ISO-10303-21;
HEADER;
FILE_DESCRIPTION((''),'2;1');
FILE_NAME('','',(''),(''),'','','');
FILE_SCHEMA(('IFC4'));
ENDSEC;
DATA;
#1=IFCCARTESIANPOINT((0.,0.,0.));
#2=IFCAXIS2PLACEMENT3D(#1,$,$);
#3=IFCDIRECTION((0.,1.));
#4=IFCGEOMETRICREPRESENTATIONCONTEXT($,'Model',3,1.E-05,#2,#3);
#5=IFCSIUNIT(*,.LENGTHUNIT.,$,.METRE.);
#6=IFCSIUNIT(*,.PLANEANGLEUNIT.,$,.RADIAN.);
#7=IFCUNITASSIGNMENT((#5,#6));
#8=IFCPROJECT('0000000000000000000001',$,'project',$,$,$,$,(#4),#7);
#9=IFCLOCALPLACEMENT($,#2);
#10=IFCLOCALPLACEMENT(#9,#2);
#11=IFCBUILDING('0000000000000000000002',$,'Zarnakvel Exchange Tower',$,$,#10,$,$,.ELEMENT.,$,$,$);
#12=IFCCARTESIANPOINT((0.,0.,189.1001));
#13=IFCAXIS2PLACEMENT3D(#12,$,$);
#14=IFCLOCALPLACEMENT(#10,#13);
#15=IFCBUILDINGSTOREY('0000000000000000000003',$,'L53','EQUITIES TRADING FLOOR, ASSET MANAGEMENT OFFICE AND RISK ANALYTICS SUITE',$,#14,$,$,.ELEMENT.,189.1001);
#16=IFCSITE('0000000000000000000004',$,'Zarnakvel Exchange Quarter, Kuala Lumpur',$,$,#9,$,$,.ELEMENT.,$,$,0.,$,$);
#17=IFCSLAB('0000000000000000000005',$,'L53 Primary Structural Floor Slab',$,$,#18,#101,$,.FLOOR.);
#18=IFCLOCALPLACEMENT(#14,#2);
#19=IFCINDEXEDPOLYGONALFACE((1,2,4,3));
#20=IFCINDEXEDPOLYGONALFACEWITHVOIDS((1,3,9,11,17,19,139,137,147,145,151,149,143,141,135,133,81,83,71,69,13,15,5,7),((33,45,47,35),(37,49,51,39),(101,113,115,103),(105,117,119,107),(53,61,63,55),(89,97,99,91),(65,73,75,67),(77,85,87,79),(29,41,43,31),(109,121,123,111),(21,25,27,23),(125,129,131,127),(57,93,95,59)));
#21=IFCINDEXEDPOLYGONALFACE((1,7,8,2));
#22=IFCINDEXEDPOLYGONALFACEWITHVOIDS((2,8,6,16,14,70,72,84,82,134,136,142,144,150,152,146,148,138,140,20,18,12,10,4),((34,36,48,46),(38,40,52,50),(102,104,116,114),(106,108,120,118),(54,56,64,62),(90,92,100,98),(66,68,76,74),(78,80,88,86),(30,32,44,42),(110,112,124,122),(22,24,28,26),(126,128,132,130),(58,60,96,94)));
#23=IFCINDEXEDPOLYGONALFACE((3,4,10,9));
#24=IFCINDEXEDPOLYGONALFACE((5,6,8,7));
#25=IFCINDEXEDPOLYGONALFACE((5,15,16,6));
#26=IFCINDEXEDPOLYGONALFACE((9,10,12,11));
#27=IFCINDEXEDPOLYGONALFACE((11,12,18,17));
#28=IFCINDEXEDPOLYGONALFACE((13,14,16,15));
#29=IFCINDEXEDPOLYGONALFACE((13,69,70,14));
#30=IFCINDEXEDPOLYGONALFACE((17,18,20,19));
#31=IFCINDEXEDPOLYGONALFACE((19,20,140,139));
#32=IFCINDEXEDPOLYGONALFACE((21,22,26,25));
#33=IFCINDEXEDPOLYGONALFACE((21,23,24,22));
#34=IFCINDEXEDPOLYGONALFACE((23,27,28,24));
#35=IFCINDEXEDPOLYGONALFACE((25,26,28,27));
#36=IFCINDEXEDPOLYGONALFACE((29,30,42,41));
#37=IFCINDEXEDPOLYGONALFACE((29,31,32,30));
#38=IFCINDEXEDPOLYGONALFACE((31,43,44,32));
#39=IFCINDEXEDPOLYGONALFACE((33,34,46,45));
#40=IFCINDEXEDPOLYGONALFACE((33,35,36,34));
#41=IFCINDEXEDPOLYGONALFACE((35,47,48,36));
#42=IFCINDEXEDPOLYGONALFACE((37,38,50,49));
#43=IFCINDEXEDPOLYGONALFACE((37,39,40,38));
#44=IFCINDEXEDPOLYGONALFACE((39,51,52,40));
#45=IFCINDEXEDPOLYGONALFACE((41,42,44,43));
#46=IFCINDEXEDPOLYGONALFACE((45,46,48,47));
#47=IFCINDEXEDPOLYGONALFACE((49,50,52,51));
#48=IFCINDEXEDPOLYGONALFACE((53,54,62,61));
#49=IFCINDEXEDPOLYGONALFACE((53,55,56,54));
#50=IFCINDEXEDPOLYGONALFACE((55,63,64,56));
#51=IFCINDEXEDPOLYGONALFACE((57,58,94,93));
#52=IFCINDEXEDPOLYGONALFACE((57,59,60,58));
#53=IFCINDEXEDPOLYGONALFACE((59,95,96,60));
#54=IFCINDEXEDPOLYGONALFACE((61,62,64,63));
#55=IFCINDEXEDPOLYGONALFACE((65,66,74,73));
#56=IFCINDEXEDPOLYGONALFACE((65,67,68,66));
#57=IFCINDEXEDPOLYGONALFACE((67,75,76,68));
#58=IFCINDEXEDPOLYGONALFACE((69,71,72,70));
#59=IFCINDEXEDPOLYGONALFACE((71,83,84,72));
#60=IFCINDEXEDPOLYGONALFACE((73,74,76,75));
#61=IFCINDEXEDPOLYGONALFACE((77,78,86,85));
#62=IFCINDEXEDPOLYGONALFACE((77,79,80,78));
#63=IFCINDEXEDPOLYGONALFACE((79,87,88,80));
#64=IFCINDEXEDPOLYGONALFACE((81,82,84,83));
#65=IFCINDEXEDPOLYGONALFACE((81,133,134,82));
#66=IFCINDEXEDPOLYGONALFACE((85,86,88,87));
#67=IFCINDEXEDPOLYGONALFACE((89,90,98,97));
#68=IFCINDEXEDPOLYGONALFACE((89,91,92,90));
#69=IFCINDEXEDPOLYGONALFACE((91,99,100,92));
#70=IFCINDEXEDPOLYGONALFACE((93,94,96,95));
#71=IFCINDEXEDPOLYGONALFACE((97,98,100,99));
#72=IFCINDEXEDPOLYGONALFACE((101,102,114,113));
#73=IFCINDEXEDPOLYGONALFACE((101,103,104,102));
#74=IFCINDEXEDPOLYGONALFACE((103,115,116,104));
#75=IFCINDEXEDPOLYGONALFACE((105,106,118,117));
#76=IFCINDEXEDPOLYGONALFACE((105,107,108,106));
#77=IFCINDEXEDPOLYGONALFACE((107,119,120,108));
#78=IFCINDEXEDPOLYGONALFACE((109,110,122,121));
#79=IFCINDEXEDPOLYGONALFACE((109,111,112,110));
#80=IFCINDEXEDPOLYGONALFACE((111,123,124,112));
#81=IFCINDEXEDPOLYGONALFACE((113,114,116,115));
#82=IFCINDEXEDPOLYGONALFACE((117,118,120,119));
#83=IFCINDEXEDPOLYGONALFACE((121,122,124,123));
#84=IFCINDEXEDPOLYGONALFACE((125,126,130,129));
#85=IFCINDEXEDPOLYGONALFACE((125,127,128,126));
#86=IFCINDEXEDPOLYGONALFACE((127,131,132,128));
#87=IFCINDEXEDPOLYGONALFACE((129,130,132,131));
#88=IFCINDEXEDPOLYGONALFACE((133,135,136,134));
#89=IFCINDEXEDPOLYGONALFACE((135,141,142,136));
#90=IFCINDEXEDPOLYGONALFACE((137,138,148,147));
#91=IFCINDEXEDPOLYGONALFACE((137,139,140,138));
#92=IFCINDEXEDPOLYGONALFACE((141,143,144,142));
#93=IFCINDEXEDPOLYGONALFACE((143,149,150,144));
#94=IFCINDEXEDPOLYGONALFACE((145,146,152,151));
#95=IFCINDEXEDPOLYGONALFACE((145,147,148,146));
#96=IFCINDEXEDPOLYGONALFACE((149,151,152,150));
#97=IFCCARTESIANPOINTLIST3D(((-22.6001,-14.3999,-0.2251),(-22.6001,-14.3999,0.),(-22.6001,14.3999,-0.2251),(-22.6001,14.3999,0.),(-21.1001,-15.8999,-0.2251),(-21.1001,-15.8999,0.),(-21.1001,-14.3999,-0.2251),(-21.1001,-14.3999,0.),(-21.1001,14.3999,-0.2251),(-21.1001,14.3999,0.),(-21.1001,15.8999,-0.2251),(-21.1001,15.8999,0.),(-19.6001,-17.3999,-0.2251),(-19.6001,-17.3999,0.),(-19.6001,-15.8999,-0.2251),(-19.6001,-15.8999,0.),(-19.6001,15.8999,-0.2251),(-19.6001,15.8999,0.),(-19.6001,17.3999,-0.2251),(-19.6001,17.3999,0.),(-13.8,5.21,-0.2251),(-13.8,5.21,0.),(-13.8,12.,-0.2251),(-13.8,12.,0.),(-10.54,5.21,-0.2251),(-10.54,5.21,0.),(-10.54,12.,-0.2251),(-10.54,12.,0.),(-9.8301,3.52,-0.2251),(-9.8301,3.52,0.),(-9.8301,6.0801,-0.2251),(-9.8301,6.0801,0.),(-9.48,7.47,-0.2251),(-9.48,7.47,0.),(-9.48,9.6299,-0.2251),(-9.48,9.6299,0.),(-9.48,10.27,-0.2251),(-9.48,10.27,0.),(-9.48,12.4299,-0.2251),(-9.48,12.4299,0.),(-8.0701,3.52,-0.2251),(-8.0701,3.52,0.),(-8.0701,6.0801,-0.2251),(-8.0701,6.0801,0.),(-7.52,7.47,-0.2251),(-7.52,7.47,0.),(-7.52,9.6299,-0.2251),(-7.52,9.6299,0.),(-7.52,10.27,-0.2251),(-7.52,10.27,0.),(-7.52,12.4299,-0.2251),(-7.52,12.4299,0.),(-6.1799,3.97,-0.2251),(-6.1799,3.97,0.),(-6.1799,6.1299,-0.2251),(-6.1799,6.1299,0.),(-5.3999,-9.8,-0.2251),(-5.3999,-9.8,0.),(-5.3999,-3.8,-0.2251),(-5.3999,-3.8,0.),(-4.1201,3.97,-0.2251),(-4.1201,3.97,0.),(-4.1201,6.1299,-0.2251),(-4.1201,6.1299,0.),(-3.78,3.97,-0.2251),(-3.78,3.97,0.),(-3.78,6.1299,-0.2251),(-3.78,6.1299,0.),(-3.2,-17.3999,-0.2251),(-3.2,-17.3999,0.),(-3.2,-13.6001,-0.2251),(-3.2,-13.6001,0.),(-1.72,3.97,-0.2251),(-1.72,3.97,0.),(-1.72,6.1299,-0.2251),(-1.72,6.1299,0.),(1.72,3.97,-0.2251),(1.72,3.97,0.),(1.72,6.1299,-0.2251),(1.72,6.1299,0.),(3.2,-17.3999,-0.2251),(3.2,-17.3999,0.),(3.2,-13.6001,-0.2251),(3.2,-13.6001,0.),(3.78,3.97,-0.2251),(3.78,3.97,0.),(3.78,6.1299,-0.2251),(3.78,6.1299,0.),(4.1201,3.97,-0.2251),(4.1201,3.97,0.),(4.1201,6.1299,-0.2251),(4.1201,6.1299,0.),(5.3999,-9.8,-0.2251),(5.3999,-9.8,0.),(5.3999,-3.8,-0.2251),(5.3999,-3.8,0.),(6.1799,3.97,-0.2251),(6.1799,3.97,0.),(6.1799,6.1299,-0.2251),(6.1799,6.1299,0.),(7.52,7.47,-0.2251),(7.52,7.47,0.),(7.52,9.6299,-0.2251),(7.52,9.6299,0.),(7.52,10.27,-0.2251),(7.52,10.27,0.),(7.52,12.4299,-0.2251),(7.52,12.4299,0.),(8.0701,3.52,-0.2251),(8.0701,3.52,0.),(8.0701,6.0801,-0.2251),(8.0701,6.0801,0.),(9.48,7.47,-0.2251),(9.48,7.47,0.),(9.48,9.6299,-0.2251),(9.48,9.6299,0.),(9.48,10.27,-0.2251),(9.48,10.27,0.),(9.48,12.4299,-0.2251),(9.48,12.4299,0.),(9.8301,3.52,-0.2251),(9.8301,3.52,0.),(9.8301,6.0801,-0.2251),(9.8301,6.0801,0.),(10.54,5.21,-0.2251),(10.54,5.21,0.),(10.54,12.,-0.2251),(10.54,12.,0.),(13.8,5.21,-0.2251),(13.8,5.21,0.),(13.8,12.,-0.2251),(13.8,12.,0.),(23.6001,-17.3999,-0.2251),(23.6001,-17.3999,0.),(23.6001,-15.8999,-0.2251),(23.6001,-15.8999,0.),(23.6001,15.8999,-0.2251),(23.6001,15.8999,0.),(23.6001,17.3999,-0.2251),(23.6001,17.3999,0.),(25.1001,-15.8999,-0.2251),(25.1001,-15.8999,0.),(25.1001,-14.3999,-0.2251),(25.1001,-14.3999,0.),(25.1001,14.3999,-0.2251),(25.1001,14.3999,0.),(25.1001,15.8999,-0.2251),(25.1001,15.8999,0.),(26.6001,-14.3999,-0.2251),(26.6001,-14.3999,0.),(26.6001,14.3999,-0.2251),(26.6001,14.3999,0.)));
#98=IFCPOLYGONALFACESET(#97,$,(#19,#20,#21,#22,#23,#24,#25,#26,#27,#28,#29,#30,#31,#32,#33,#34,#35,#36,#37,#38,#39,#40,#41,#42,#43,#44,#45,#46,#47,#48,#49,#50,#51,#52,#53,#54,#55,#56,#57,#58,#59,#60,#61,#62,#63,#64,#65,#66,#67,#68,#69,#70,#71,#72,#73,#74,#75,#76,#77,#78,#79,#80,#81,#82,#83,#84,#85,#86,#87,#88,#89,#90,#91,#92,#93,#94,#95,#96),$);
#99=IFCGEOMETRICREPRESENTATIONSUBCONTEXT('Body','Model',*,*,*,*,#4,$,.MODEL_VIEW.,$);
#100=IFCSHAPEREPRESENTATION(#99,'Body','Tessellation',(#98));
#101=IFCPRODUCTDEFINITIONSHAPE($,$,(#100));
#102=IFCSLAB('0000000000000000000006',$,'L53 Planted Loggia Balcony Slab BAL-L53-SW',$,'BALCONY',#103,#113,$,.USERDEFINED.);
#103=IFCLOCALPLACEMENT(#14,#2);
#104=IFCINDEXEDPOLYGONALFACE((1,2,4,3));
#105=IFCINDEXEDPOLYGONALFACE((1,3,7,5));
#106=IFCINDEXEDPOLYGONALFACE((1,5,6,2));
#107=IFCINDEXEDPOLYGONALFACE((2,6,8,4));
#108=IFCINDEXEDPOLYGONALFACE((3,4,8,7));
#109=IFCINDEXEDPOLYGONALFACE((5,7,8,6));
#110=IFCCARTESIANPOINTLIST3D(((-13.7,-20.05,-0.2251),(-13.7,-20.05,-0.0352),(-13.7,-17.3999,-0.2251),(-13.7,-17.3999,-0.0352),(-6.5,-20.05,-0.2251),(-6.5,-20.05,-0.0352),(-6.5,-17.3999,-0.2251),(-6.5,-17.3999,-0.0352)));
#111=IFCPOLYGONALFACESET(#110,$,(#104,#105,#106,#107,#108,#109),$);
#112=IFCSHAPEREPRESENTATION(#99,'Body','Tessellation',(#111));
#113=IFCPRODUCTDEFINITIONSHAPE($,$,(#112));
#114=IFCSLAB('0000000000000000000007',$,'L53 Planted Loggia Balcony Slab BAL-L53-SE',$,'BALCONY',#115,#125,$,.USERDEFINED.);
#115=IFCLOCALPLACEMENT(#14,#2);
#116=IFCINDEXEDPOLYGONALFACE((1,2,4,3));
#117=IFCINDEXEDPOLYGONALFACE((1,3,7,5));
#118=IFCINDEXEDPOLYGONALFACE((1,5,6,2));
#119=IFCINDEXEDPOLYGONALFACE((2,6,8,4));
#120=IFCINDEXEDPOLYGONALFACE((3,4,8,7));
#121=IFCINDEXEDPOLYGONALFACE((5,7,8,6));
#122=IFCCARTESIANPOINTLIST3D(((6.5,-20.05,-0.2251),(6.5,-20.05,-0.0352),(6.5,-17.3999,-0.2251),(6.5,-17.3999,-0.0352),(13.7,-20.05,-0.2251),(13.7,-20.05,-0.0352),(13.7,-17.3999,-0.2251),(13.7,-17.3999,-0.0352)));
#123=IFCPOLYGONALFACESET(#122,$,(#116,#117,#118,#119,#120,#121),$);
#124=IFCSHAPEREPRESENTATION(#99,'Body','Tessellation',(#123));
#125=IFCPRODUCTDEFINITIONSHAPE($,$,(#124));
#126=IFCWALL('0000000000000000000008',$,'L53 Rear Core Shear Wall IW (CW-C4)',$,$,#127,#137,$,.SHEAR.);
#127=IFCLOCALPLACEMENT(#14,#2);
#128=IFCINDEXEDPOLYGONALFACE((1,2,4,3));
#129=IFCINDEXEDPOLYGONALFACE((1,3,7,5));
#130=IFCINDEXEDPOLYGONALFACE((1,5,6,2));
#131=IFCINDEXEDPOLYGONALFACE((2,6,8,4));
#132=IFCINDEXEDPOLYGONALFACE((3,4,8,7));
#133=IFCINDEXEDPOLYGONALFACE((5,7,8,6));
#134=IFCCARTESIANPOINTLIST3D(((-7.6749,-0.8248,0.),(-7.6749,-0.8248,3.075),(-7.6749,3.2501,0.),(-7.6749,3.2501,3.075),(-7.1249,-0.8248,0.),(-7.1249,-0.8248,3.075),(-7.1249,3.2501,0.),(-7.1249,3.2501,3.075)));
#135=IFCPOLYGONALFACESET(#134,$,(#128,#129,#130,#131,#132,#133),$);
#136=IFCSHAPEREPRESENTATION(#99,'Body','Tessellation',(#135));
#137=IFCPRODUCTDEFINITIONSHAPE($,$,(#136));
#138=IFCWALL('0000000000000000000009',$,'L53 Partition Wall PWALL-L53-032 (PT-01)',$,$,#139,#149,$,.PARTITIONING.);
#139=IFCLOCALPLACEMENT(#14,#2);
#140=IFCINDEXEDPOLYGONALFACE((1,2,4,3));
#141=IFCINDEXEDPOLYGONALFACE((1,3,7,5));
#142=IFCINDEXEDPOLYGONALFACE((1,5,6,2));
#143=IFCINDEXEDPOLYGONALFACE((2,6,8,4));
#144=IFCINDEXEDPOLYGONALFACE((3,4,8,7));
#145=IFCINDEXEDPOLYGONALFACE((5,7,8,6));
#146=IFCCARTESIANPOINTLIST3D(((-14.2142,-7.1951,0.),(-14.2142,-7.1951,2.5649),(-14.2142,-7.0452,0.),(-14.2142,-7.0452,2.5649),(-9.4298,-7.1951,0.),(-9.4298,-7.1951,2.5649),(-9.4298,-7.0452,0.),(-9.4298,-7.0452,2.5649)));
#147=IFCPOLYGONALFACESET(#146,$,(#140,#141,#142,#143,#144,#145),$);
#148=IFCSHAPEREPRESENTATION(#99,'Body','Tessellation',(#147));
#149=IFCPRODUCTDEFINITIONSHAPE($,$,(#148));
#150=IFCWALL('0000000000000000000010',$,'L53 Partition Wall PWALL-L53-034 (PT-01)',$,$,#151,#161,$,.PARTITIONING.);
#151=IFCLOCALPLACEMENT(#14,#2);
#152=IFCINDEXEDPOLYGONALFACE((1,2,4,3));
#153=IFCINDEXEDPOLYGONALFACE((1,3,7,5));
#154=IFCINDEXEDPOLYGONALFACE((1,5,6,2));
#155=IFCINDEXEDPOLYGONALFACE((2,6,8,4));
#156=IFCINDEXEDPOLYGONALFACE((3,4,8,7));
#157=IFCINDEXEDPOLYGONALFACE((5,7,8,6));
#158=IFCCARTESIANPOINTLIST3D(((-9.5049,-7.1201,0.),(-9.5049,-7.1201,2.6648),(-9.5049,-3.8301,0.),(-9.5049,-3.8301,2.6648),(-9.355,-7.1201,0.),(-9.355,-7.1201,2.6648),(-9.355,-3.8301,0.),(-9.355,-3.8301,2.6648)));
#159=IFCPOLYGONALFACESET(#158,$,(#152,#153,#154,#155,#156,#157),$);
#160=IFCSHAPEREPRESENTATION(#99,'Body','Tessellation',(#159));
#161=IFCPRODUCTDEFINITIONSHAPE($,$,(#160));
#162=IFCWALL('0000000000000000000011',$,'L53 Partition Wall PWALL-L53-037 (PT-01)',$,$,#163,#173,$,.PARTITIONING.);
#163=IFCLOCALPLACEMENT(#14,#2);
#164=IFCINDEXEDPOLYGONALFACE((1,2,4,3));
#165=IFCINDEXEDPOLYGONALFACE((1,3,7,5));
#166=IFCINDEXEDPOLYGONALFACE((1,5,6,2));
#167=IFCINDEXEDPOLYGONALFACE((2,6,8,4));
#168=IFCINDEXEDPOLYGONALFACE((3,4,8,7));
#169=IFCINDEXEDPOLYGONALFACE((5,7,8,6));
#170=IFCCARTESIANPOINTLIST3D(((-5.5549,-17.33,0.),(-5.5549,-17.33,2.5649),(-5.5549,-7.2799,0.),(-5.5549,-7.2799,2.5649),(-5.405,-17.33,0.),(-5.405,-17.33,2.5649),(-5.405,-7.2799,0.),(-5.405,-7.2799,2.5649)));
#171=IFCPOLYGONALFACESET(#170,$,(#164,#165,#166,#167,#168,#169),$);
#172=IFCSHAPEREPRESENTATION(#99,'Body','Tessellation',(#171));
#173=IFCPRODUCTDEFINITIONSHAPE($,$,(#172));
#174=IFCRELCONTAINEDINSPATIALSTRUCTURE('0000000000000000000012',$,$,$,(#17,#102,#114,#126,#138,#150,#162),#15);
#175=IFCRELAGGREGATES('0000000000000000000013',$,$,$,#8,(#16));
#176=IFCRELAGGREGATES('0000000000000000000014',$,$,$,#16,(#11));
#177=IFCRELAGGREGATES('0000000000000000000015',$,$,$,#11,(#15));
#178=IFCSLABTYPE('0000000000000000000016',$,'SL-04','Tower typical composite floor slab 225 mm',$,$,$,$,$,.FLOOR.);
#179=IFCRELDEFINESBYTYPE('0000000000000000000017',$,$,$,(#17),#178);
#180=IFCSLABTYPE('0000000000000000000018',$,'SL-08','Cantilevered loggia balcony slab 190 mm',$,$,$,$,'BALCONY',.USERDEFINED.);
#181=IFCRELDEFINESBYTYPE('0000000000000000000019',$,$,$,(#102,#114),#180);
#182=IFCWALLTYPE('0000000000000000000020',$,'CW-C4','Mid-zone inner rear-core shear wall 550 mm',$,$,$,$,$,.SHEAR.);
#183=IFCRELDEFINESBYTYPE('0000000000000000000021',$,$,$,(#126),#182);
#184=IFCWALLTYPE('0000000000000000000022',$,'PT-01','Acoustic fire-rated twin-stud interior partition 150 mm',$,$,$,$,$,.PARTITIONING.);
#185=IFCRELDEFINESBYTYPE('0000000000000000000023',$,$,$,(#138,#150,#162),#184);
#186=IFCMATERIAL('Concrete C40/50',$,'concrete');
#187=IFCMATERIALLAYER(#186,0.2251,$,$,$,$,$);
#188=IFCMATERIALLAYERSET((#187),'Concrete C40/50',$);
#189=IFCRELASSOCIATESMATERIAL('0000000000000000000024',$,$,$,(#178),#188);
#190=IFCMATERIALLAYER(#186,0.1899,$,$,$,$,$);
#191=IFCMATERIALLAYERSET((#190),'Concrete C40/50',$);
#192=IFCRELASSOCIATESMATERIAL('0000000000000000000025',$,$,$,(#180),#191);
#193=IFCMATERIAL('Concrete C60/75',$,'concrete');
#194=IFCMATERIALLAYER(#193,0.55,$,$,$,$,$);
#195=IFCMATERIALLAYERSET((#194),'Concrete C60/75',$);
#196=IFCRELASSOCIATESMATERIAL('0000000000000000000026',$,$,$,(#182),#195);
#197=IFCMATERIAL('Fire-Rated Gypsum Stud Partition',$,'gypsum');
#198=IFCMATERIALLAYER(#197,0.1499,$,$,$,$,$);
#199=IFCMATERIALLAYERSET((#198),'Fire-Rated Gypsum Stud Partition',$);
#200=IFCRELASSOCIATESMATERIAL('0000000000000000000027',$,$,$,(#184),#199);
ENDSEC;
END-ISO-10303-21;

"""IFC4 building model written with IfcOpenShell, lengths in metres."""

from ifc_helpers import new_model, si_unit, direction, frame, frame_2d, origin, place, context, subcontext, project, spatial, polyline, rectangle, outline, extrude, material, layer, layer_set, type_object, element, save


model = new_model("IFC4")

# Units and contexts
model_context = context("Model", 3, precision=1e-05, world=origin(), true_north=direction((0.0, 1.0)))
body_context = subcontext(model_context, "Body", "Model", "MODEL_VIEW")
ifc_project = project(units=[si_unit("LENGTHUNIT", "METRE"), si_unit("PLANEANGLEUNIT", "RADIAN")], contexts=[model_context])

# Site, building, storey
site_placement = place(None, origin())
site = spatial("IfcSite", under=ifc_project, at=site_placement, Name="Zarnakvel Exchange Quarter, Kuala Lumpur", CompositionType="ELEMENT", RefElevation=0.0)
building_placement = place(site_placement, origin())
building = spatial("IfcBuilding", under=site, at=building_placement, Name="Zarnakvel Exchange Tower", CompositionType="ELEMENT")
storey_placement = place(building_placement, frame((0.0, 0.0, 189.1001)))
storey = spatial("IfcBuildingStorey", under=building, at=storey_placement, Name="L53", Description="EQUITIES TRADING FLOOR, ASSET MANAGEMENT OFFICE AND RISK ANALYTICS SUITE", CompositionType="ELEMENT", Elevation=189.1001)

# Shared definitions
ifc_material_1 = material(Name="Concrete C60/75", Category="concrete")

# Slabs
ifc_material_2 = material(Name="Concrete C40/50", Category="concrete")
ifc_layer_1 = layer(ifc_material_2, 0.2251)
ifc_layer_set_1 = layer_set([ifc_layer_1], Name="Concrete C40/50")
slab_type_1 = type_object("IfcSlabType", Name="SL-04", Description="Tower typical composite floor slab 225 mm", PredefinedType="FLOOR", material=ifc_layer_set_1)
slab_1_placement = place(storey_placement, frame((0.0, 0.0, -0.2251)))
element("IfcSlab", 1, at=slab_1_placement, inside=storey, type_object=slab_type_1, Name="L53 Primary Structural Floor Slab", PredefinedType="FLOOR", context=body_context, shape_type="SweptSolid", body=[
    extrude(outline(polyline([(-22.6001, -14.3999), (-21.1001, -14.3999), (-21.1001, -15.8999), (-19.6001, -15.8999), (-19.6001, -17.3999), (-3.2, -17.3999), (-3.2, -13.6001), (3.2, -13.6001), (3.2, -17.3999), (23.6001, -17.3999), (23.6001, -15.8999), (25.1001, -15.8999), (25.1001, -14.3999), (26.6001, -14.3999), (26.6001, 14.3999), (25.1001, 14.3999), (25.1001, 15.8999), (23.6001, 15.8999), (23.6001, 17.3999), (-19.6001, 17.3999), (-19.6001, 15.8999), (-21.1001, 15.8999), (-21.1001, 14.3999), (-22.6001, 14.3999), (-22.6001, -14.3999)]), holes=[polyline([(-5.3999, -9.8), (5.3999, -9.8), (5.3999, -3.8), (-5.3999, -3.8), (-5.3999, -9.8)]), polyline([(-13.8, 5.21), (-10.54, 5.21), (-10.54, 12.0), (-13.8, 12.0), (-13.8, 5.21)]), polyline([(10.54, 5.21), (13.8, 5.21), (13.8, 12.0), (10.54, 12.0), (10.54, 5.21)]), polyline([(-9.8301, 3.52), (-8.0701, 3.52), (-8.0701, 6.0801), (-9.8301, 6.0801), (-9.8301, 3.52)]), polyline([(8.0701, 3.52), (9.8301, 3.52), (9.8301, 6.0801), (8.0701, 6.0801), (8.0701, 3.52)]), polyline([(-6.1799, 3.97), (-4.1201, 3.97), (-4.1201, 6.1299), (-6.1799, 6.1299), (-6.1799, 3.97)]), polyline([(-3.78, 3.97), (-1.72, 3.97), (-1.72, 6.1299), (-3.78, 6.1299), (-3.78, 3.97)]), polyline([(1.72, 3.97), (3.78, 3.97), (3.78, 6.1299), (1.72, 6.1299), (1.72, 3.97)]), polyline([(4.1201, 3.97), (6.1799, 3.97), (6.1799, 6.1299), (4.1201, 6.1299), (4.1201, 3.97)]), polyline([(-9.48, 7.47), (-7.52, 7.47), (-7.52, 9.6299), (-9.48, 9.6299), (-9.48, 7.47)]), polyline([(-9.48, 10.27), (-7.52, 10.27), (-7.52, 12.4299), (-9.48, 12.4299), (-9.48, 10.27)]), polyline([(7.52, 7.47), (9.48, 7.47), (9.48, 9.6299), (7.52, 9.6299), (7.52, 7.47)]), polyline([(7.52, 10.27), (9.48, 10.27), (9.48, 12.4299), (7.52, 12.4299), (7.52, 10.27)])]), origin(), (0.0, 0.0, 1.0), 0.2251),
])
ifc_layer_2 = layer(ifc_material_2, 0.1899)
ifc_layer_set_2 = layer_set([ifc_layer_2], Name="Concrete C40/50")
slab_type_2 = type_object("IfcSlabType", Name="SL-08", Description="Cantilevered loggia balcony slab 190 mm", ElementType="BALCONY", PredefinedType="USERDEFINED", material=ifc_layer_set_2)
slab_2_placement = place(storey_placement, frame((0.0, 0.0, -0.2251)))
element("IfcSlab", 2, at=slab_2_placement, inside=storey, type_object=slab_type_2, Name="L53 Planted Loggia Balcony Slab BAL-L53-SW", ObjectType="BALCONY", PredefinedType="USERDEFINED", context=body_context, shape_type="SweptSolid", body=[
    extrude(outline(polyline([(-13.7, -20.05), (-6.5, -20.05), (-6.5, -17.3999), (-13.7, -17.3999), (-13.7, -20.05)])), origin(), (0.0, 0.0, 1.0), 0.1899),
])
slab_3_placement = place(storey_placement, frame((0.0, 0.0, -0.2251)))
element("IfcSlab", 3, at=slab_3_placement, inside=storey, type_object=slab_type_2, Name="L53 Planted Loggia Balcony Slab BAL-L53-SE", ObjectType="BALCONY", PredefinedType="USERDEFINED", context=body_context, shape_type="SweptSolid", body=[
    extrude(outline(polyline([(6.5, -20.05), (13.7, -20.05), (13.7, -17.3999), (6.5, -17.3999), (6.5, -20.05)])), origin(), (0.0, 0.0, 1.0), 0.1899),
])

# Walls
ifc_layer_3 = layer(ifc_material_1, 0.55)
ifc_layer_set_3 = layer_set([ifc_layer_3], Name="Concrete C60/75")
wall_type_1 = type_object("IfcWallType", Name="CW-C4", Description="Mid-zone inner rear-core shear wall 550 mm", PredefinedType="SHEAR", material=ifc_layer_set_3)
wall_1_placement = place(storey_placement, frame((-7.3999, -0.825, 0.0), z_axis=(0.0, 0.0, 1.0), x_axis=(0.0, 1.0, 0.0)))
element("IfcWall", 4, at=wall_1_placement, inside=storey, type_object=wall_type_1, Name="L53 Rear Core Shear Wall IW (CW-C4)", PredefinedType="SHEAR", context=body_context, shape_type="SweptSolid", body=[
    extrude(rectangle(XDim=4.075, YDim=0.55, at=frame_2d((2.0376, 0.0))), origin(), (0.0, 0.0, 1.0), 3.075),
])
ifc_material_3 = material(Name="Fire-Rated Gypsum Stud Partition", Category="gypsum")
ifc_layer_4 = layer(ifc_material_3, 0.1499)
ifc_layer_set_4 = layer_set([ifc_layer_4], Name="Fire-Rated Gypsum Stud Partition")
wall_type_2 = type_object("IfcWallType", Name="PT-01", Description="Acoustic fire-rated twin-stud interior partition 150 mm", PredefinedType="PARTITIONING", material=ifc_layer_set_4)
wall_2_placement = place(storey_placement, frame((-9.4299, -7.1201, 0.0), z_axis=(0.0, 0.0, 1.0), x_axis=(-1.0, 0.0, 0.0)))
element("IfcWall", 5, at=wall_2_placement, inside=storey, type_object=wall_type_2, Name="L53 Partition Wall PWALL-L53-032 (PT-01)", PredefinedType="PARTITIONING", context=body_context, shape_type="SweptSolid", body=[
    extrude(rectangle(XDim=4.7844, YDim=0.1499, at=frame_2d((2.3921, 0.0))), origin(), (0.0, 0.0, 1.0), 2.5649),
])

# Walls
wall_3_placement = place(storey_placement, frame((-9.4299, -3.8301, 0.0), z_axis=(0.0, 0.0, 1.0), x_axis=(0.0, -1.0, 0.0)))
element("IfcWall", 6, at=wall_3_placement, inside=storey, type_object=wall_type_2, Name="L53 Partition Wall PWALL-L53-034 (PT-01)", PredefinedType="PARTITIONING", context=body_context, shape_type="SweptSolid", body=[
    extrude(rectangle(XDim=3.29, YDim=0.1499, at=frame_2d((1.645, 0.0))), origin(), (0.0, 0.0, 1.0), 2.6648),
])
wall_4_placement = place(storey_placement, frame((-5.48, -7.28, 0.0), z_axis=(0.0, 0.0, 1.0), x_axis=(0.0, -1.0, 0.0)))
element("IfcWall", 7, at=wall_4_placement, inside=storey, type_object=wall_type_2, Name="L53 Partition Wall PWALL-L53-037 (PT-01)", PredefinedType="PARTITIONING", context=body_context, shape_type="SweptSolid", body=[
    extrude(rectangle(XDim=10.05, YDim=0.1499, at=frame_2d((5.0249, 0.0))), origin(), (0.0, 0.0, 1.0), 2.5649),
])

save(model, "model.ifc")
